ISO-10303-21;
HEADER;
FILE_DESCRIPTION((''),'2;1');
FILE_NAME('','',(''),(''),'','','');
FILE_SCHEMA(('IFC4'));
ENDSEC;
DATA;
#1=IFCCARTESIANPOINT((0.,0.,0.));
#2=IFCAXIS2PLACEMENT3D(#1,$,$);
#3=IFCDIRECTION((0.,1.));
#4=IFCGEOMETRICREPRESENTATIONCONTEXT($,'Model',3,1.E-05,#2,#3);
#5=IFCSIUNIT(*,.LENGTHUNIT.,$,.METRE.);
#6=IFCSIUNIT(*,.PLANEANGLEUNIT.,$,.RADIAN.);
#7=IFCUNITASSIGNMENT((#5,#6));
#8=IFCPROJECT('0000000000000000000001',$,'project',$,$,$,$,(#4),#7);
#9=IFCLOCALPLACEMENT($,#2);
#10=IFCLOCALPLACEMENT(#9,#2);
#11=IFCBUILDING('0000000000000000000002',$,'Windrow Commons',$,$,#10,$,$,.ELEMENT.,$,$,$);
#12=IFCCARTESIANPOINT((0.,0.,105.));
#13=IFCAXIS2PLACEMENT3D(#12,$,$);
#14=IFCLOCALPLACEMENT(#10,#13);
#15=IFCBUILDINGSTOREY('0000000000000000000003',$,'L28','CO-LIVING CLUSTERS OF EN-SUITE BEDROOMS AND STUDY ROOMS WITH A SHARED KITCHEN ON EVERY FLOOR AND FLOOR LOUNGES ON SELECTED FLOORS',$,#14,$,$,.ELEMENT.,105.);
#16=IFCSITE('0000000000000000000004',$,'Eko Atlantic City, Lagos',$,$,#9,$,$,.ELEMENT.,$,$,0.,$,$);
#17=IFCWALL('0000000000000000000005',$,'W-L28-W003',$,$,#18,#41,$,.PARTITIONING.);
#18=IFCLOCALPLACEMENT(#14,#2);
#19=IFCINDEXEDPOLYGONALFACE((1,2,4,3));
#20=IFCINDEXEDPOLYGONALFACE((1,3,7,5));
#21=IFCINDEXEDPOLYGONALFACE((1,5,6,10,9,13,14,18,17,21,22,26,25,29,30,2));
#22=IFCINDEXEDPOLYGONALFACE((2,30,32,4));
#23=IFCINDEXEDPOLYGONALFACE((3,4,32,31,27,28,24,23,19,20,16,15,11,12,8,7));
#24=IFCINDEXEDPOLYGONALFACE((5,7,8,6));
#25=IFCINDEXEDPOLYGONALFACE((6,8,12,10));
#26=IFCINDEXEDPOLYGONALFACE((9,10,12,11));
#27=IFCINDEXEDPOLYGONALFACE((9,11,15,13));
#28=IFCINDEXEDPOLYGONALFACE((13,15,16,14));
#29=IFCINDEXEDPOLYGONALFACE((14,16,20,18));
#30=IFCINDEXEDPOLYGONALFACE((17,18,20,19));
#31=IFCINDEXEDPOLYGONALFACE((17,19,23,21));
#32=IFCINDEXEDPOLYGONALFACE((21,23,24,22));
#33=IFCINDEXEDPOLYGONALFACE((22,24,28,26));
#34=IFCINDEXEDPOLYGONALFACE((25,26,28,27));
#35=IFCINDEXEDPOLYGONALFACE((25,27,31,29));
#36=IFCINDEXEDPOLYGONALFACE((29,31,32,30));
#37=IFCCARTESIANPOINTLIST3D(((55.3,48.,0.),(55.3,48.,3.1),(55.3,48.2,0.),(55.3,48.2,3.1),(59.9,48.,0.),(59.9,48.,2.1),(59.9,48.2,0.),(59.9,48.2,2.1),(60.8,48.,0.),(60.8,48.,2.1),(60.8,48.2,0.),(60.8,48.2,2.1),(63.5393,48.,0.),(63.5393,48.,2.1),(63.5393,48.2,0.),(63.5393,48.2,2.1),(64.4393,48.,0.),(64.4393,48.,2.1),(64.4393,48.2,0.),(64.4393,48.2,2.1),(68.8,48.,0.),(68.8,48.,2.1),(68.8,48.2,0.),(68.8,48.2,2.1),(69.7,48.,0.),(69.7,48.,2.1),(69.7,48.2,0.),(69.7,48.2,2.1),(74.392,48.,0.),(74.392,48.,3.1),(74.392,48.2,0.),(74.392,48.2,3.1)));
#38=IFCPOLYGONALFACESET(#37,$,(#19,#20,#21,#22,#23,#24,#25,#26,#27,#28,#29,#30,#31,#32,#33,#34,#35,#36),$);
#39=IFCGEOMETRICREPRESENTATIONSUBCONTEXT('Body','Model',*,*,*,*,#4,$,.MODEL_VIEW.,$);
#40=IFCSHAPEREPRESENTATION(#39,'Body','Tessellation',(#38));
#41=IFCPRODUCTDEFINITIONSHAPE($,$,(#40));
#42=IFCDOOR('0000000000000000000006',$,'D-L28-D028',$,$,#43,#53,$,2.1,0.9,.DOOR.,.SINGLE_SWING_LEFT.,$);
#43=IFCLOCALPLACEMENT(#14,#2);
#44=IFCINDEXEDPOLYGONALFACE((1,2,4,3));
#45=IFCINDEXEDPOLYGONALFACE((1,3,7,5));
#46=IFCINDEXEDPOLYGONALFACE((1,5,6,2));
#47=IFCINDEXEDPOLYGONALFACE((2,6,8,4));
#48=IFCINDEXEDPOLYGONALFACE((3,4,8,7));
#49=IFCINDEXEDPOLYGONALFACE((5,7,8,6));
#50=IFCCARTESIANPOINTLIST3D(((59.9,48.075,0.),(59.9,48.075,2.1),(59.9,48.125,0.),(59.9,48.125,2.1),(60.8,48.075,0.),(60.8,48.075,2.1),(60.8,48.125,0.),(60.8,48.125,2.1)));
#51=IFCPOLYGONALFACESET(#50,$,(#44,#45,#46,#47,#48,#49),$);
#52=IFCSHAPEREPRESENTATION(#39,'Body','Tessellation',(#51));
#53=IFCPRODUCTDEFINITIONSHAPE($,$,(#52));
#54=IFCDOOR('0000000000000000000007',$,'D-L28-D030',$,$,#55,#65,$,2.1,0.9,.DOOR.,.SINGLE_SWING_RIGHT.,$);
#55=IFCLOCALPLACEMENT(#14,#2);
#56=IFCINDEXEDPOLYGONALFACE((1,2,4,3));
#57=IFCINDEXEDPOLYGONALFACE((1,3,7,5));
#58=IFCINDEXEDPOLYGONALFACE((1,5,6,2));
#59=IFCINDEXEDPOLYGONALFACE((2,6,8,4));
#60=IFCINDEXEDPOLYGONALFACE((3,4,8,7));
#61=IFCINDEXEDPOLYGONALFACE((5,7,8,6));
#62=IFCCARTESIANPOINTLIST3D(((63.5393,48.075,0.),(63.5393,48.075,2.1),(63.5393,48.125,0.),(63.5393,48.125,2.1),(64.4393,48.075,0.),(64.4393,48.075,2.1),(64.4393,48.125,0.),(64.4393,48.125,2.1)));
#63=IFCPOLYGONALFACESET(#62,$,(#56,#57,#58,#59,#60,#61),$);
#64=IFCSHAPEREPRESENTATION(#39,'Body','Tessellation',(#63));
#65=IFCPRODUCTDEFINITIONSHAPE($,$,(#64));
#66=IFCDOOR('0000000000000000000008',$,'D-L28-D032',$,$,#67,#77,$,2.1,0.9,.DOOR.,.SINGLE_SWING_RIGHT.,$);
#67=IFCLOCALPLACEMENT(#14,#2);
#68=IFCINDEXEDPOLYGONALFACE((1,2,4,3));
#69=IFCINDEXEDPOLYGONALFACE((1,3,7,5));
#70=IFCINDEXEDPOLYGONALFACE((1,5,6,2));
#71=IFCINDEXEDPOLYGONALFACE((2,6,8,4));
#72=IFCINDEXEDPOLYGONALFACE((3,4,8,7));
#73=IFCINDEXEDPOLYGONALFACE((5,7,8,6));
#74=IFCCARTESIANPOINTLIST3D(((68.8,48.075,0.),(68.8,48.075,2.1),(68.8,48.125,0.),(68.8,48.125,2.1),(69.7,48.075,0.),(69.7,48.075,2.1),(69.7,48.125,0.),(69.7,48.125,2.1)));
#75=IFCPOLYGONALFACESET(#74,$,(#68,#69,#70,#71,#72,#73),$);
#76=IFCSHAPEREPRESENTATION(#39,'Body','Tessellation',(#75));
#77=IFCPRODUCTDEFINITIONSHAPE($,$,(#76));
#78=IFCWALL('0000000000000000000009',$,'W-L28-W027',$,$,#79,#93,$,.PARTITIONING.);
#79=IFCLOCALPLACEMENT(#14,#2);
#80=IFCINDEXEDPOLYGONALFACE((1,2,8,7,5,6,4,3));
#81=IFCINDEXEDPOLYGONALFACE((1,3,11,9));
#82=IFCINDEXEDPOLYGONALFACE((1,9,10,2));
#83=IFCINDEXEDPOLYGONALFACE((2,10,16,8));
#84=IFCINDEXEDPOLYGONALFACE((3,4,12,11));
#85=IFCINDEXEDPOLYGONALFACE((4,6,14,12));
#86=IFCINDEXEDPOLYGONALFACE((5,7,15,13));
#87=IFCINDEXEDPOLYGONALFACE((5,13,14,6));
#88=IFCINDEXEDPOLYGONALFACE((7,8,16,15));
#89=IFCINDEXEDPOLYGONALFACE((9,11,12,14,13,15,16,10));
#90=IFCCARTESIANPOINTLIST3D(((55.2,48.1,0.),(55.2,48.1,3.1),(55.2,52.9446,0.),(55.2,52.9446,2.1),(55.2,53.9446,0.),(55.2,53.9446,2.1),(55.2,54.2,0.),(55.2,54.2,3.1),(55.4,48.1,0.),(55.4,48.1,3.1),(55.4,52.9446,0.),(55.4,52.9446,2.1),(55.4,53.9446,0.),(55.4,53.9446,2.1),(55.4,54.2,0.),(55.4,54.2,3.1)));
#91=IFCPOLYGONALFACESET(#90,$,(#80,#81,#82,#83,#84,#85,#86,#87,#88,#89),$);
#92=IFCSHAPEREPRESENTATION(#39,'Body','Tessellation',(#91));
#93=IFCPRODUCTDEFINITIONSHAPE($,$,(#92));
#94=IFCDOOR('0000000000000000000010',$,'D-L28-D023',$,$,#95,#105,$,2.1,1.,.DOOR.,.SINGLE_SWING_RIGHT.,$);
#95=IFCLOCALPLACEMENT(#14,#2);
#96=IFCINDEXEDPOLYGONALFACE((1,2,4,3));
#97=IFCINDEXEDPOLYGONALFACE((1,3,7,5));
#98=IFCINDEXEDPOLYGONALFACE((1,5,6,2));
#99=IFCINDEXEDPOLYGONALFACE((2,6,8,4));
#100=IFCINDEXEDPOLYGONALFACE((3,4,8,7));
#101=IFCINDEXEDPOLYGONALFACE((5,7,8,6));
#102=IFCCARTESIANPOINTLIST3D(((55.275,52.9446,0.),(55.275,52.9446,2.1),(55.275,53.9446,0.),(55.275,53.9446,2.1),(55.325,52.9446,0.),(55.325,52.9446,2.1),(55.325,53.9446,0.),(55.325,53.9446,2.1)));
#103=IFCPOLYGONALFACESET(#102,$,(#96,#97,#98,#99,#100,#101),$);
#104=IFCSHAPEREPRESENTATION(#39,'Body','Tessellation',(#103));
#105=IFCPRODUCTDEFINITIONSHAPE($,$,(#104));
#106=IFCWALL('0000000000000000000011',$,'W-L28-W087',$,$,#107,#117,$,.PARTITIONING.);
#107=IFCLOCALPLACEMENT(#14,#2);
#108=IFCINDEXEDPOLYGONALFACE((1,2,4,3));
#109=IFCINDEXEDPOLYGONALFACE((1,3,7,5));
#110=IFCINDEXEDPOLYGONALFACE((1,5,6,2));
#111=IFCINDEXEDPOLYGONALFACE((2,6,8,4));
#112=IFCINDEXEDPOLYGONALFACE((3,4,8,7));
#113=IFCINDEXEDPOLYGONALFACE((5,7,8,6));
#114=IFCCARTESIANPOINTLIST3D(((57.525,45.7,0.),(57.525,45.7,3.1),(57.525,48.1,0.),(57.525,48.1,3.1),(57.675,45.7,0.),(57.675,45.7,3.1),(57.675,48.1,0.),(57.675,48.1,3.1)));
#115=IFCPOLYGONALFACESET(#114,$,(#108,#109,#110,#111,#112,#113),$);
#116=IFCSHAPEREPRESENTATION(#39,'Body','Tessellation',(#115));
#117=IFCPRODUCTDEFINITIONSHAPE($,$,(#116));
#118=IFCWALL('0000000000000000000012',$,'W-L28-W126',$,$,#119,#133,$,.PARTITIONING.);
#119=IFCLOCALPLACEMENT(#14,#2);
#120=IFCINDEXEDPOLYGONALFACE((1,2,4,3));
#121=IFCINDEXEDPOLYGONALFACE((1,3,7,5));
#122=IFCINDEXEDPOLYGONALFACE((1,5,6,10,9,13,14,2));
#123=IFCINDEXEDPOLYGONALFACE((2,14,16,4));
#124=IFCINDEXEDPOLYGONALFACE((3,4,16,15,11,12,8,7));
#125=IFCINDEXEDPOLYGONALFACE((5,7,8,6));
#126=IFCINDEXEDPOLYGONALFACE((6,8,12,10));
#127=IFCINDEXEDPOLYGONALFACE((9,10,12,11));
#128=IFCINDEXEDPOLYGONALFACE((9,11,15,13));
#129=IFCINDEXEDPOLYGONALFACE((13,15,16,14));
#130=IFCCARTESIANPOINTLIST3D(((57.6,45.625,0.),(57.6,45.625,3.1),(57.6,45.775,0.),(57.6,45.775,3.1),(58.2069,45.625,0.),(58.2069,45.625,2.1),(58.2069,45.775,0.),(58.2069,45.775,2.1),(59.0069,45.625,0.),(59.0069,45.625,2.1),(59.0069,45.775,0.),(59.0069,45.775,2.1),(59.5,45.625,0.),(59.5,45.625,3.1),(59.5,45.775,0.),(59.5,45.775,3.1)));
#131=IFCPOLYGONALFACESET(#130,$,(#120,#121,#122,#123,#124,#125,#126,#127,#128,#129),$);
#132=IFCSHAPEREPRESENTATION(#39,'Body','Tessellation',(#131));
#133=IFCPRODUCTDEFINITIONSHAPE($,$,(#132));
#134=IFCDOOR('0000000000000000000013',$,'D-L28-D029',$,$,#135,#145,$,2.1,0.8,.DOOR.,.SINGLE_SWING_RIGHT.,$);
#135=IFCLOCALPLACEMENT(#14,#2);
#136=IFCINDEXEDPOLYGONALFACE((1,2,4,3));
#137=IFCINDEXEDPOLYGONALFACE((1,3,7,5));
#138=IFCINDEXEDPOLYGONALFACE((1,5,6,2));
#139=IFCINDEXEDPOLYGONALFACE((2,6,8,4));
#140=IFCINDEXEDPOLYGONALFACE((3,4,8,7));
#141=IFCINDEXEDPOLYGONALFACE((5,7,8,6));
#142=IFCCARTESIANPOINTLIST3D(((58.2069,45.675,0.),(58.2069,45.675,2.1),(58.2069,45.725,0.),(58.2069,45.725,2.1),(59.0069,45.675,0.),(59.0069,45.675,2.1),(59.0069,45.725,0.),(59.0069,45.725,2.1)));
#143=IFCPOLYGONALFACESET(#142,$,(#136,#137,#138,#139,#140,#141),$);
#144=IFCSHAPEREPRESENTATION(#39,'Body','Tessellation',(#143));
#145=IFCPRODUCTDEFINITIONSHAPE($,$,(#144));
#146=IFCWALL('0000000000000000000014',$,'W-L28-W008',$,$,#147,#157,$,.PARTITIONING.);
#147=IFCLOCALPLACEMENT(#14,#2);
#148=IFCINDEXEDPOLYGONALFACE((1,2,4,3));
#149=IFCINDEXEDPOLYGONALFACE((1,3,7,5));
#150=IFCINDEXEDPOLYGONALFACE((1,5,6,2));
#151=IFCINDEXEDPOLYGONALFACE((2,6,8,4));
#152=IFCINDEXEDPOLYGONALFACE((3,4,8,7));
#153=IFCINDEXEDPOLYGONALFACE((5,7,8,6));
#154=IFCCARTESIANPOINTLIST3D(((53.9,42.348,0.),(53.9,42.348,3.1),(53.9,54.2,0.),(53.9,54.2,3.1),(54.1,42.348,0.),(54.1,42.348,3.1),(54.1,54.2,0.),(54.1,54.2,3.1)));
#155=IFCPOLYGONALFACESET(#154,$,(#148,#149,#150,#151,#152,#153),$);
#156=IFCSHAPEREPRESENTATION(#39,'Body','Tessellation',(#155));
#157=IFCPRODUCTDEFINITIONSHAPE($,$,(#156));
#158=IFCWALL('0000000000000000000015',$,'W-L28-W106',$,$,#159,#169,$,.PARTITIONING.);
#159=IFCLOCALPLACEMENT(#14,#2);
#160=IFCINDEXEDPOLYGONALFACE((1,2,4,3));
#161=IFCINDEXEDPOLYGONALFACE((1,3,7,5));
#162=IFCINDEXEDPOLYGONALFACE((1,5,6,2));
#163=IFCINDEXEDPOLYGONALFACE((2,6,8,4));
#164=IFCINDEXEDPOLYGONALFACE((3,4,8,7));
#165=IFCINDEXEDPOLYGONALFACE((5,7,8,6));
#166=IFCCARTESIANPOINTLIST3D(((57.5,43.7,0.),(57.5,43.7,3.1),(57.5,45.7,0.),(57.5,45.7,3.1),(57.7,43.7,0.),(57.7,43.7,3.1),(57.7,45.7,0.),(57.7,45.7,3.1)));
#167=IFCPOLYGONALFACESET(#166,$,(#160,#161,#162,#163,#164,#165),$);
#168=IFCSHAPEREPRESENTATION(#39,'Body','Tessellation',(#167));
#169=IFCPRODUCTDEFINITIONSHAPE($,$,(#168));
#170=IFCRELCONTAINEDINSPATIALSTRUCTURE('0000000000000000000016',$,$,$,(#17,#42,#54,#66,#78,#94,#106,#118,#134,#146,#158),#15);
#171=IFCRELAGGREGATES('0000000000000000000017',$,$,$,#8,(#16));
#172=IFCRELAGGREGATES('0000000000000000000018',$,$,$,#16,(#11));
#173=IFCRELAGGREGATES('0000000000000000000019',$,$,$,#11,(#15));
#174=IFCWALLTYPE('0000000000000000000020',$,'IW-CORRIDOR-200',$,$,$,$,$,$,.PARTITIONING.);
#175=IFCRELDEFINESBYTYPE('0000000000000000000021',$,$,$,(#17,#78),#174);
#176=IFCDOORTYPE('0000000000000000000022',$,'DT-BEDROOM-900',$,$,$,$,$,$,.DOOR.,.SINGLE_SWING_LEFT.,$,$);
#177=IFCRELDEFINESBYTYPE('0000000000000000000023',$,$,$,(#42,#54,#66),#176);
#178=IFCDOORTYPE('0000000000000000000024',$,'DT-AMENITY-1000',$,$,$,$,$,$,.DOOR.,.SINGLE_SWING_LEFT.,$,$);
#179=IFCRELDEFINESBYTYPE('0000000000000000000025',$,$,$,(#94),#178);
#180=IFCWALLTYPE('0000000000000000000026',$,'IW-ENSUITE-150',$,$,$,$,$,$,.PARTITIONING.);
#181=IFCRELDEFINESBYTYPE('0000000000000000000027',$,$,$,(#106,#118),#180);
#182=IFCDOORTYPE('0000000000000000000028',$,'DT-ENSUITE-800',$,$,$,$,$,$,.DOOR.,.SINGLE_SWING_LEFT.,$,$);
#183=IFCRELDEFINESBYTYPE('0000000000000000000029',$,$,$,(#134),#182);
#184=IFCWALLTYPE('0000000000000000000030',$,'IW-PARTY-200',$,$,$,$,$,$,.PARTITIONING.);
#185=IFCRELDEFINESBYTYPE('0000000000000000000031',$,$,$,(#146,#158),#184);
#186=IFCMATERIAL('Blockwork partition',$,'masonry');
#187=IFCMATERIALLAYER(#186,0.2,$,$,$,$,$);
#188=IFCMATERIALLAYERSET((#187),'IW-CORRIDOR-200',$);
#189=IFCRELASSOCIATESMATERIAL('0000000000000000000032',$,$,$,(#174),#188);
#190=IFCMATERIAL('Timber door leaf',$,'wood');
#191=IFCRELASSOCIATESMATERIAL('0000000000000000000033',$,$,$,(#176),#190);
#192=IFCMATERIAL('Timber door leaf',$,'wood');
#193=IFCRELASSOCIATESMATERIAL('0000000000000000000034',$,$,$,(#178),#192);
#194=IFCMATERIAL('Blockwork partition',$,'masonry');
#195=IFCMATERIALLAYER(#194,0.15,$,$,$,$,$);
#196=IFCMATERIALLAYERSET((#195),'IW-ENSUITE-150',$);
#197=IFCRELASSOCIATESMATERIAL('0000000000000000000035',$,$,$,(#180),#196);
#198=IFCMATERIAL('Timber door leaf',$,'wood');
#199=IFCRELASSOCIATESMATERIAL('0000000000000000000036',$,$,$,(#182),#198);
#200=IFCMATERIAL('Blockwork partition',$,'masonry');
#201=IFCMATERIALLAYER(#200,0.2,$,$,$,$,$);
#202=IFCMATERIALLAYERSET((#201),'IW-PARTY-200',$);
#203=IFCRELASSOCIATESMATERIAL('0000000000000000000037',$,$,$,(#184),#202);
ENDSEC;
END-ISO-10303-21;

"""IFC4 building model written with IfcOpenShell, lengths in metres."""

from ifc_helpers import new_model, si_unit, direction, frame, frame_2d, origin, place, context, subcontext, project, spatial, rectangle, extrude, material, layer, layer_set, type_object, element, fill, save


model = new_model("IFC4")

# Units and contexts
model_context = context("Model", 3, precision=1e-05, world=origin(), true_north=direction((0.0, 1.0)))
body_context = subcontext(model_context, "Body", "Model", "MODEL_VIEW")
ifc_project = project(units=[si_unit("LENGTHUNIT", "METRE"), si_unit("PLANEANGLEUNIT", "RADIAN")], contexts=[model_context])

# Site, building, storey
site_placement = place(None, origin())
site = spatial("IfcSite", under=ifc_project, at=site_placement, Name="Eko Atlantic City, Lagos", CompositionType="ELEMENT", RefElevation=0.0)
building_placement = place(site_placement, origin())
building = spatial("IfcBuilding", under=site, at=building_placement, Name="Windrow Commons", CompositionType="ELEMENT")
storey_placement = place(building_placement, frame((0.0, 0.0, 105.0)))
storey = spatial("IfcBuildingStorey", under=building, at=storey_placement, Name="L28", Description="CO-LIVING CLUSTERS OF EN-SUITE BEDROOMS AND STUDY ROOMS WITH A SHARED KITCHEN ON EVERY FLOOR AND FLOOR LOUNGES ON SELECTED FLOORS", CompositionType="ELEMENT", Elevation=105.0)

# Wall, openings, doors
ifc_material_1 = material(Name="Blockwork partition", Category="masonry")
ifc_layer_1 = layer(ifc_material_1, 0.2)
ifc_layer_set_1 = layer_set([ifc_layer_1], Name="IW-CORRIDOR-200")
wall_type_1 = type_object("IfcWallType", Name="IW-CORRIDOR-200", PredefinedType="PARTITIONING", material=ifc_layer_set_1)
wall_1_placement = place(storey_placement, frame((55.3, 48.1, 0.0), z_axis=(0.0, 0.0, 1.0), x_axis=(1.0, 0.0, 0.0)))
wall_1 = element("IfcWall", 1, at=wall_1_placement, inside=storey, type_object=wall_type_1, Name="W-L28-W003", PredefinedType="PARTITIONING", context=body_context, shape_type="SweptSolid", body=[
    extrude(rectangle(XDim=19.092, YDim=0.2, at=frame_2d((9.546, 0.0))), origin(), (0.0, 0.0, 1.0), 3.1),
])
opening_1_placement = place(wall_1_placement, frame((4.6, 0.0, 0.0)))
opening_1 = element("IfcOpeningElement", 2, at=opening_1_placement, cuts=wall_1, PredefinedType="OPENING", context=body_context, shape_type="SweptSolid", body=[
    extrude(rectangle(XDim=0.9, YDim=2.1, at=frame_2d((0.45, 1.05))), frame((0.0, 0.11, 0.0), z_axis=(0.0, -1.0, 0.0), x_axis=(1.0, 0.0, 0.0)), (0.0, 0.0, 1.0), 0.22),
])
opening_2_placement = place(wall_1_placement, frame((8.2393, 0.0, 0.0)))
opening_2 = element("IfcOpeningElement", 3, at=opening_2_placement, cuts=wall_1, PredefinedType="OPENING", context=body_context, shape_type="SweptSolid", body=[
    extrude(rectangle(XDim=0.9, YDim=2.1, at=frame_2d((0.45, 1.05))), frame((0.0, 0.11, 0.0), z_axis=(0.0, -1.0, 0.0), x_axis=(1.0, 0.0, 0.0)), (0.0, 0.0, 1.0), 0.22),
])
opening_3_placement = place(wall_1_placement, frame((13.5, 0.0, 0.0)))
opening_3 = element("IfcOpeningElement", 4, at=opening_3_placement, cuts=wall_1, PredefinedType="OPENING", context=body_context, shape_type="SweptSolid", body=[
    extrude(rectangle(XDim=0.9, YDim=2.1, at=frame_2d((0.45, 1.05))), frame((0.0, 0.11, 0.0), z_axis=(0.0, -1.0, 0.0), x_axis=(1.0, 0.0, 0.0)), (0.0, 0.0, 1.0), 0.22),
])
ifc_material_2 = material(Name="Timber door leaf", Category="wood")
door_type_1 = type_object("IfcDoorType", Name="DT-BEDROOM-900", OperationType="SINGLE_SWING_LEFT", PredefinedType="DOOR", material=ifc_material_2)
door_1_placement = place(opening_1_placement, origin())
door_1 = element("IfcDoor", 5, at=door_1_placement, inside=storey, type_object=door_type_1, Name="D-L28-D028", OperationType="SINGLE_SWING_LEFT", OverallHeight=2.1, OverallWidth=0.9, PredefinedType="DOOR", context=body_context, shape_type="SweptSolid", body=[
    extrude(rectangle(XDim=0.9, YDim=2.1, at=frame_2d((0.45, 1.05))), frame((0.0, 0.025, 0.0), z_axis=(0.0, -1.0, 0.0), x_axis=(1.0, 0.0, 0.0)), (0.0, 0.0, 1.0), 0.05),
])
fill(opening_1, door_1)
door_2_placement = place(opening_2_placement, origin())
door_2 = element("IfcDoor", 6, at=door_2_placement, inside=storey, type_object=door_type_1, Name="D-L28-D030", OperationType="SINGLE_SWING_RIGHT", OverallHeight=2.1, OverallWidth=0.9, PredefinedType="DOOR", context=body_context, shape_type="SweptSolid", body=[
    extrude(rectangle(XDim=0.9, YDim=2.1, at=frame_2d((0.45, 1.05))), frame((0.0, 0.025, 0.0), z_axis=(0.0, -1.0, 0.0), x_axis=(1.0, 0.0, 0.0)), (0.0, 0.0, 1.0), 0.05),
])
fill(opening_2, door_2)
door_3_placement = place(opening_3_placement, origin())
door_3 = element("IfcDoor", 7, at=door_3_placement, inside=storey, type_object=door_type_1, Name="D-L28-D032", OperationType="SINGLE_SWING_RIGHT", OverallHeight=2.1, OverallWidth=0.9, PredefinedType="DOOR", context=body_context, shape_type="SweptSolid", body=[
    extrude(rectangle(XDim=0.9, YDim=2.1, at=frame_2d((0.45, 1.05))), frame((0.0, 0.025, 0.0), z_axis=(0.0, -1.0, 0.0), x_axis=(1.0, 0.0, 0.0)), (0.0, 0.0, 1.0), 0.05),
])
fill(opening_3, door_3)

# Wall, opening, door
wall_2_placement = place(storey_placement, frame((55.3, 48.1, 0.0), z_axis=(0.0, 0.0, 1.0), x_axis=(0.0, 1.0, 0.0)))
wall_2 = element("IfcWall", 8, at=wall_2_placement, inside=storey, type_object=wall_type_1, Name="W-L28-W027", PredefinedType="PARTITIONING", context=body_context, shape_type="SweptSolid", body=[
    extrude(rectangle(XDim=6.1, YDim=0.2, at=frame_2d((3.05, 0.0))), origin(), (0.0, 0.0, 1.0), 3.1),
])
opening_4_placement = place(wall_2_placement, frame((4.8446, 0.0, 0.0)))
opening_4 = element("IfcOpeningElement", 9, at=opening_4_placement, cuts=wall_2, PredefinedType="OPENING", context=body_context, shape_type="SweptSolid", body=[
    extrude(rectangle(XDim=1.0, YDim=2.1, at=frame_2d((0.5, 1.05))), frame((0.0, 0.11, 0.0), z_axis=(0.0, -1.0, 0.0), x_axis=(1.0, 0.0, 0.0)), (0.0, 0.0, 1.0), 0.22),
])
ifc_material_3 = material(Name="Timber door leaf", Category="wood")
door_type_2 = type_object("IfcDoorType", Name="DT-AMENITY-1000", OperationType="SINGLE_SWING_LEFT", PredefinedType="DOOR", material=ifc_material_3)
door_4_placement = place(opening_4_placement, origin())
door_4 = element("IfcDoor", 10, at=door_4_placement, inside=storey, type_object=door_type_2, Name="D-L28-D023", OperationType="SINGLE_SWING_RIGHT", OverallHeight=2.1, OverallWidth=1.0, PredefinedType="DOOR", context=body_context, shape_type="SweptSolid", body=[
    extrude(rectangle(XDim=1.0, YDim=2.1, at=frame_2d((0.5, 1.05))), frame((0.0, 0.025, 0.0), z_axis=(0.0, -1.0, 0.0), x_axis=(1.0, 0.0, 0.0)), (0.0, 0.0, 1.0), 0.05),
])
fill(opening_4, door_4)

# Wall
ifc_material_4 = material(Name="Blockwork partition", Category="masonry")
ifc_layer_2 = layer(ifc_material_4, 0.15)
ifc_layer_set_2 = layer_set([ifc_layer_2], Name="IW-ENSUITE-150")
wall_type_2 = type_object("IfcWallType", Name="IW-ENSUITE-150", PredefinedType="PARTITIONING", material=ifc_layer_set_2)
wall_3_placement = place(storey_placement, frame((57.6, 45.7, 0.0), z_axis=(0.0, 0.0, 1.0), x_axis=(0.0, 1.0, 0.0)))
element("IfcWall", 11, at=wall_3_placement, inside=storey, type_object=wall_type_2, Name="W-L28-W087", PredefinedType="PARTITIONING", context=body_context, shape_type="SweptSolid", body=[
    extrude(rectangle(XDim=2.4, YDim=0.15, at=frame_2d((1.2, 0.0))), origin(), (0.0, 0.0, 1.0), 3.1),
])

# Wall, opening, door
wall_4_placement = place(storey_placement, frame((57.6, 45.7, 0.0), z_axis=(0.0, 0.0, 1.0), x_axis=(1.0, 0.0, 0.0)))
wall_4 = element("IfcWall", 12, at=wall_4_placement, inside=storey, type_object=wall_type_2, Name="W-L28-W126", PredefinedType="PARTITIONING", context=body_context, shape_type="SweptSolid", body=[
    extrude(rectangle(XDim=1.9, YDim=0.15, at=frame_2d((0.95, 0.0))), origin(), (0.0, 0.0, 1.0), 3.1),
])
opening_5_placement = place(wall_4_placement, frame((0.6069, 0.0, 0.0)))
opening_5 = element("IfcOpeningElement", 13, at=opening_5_placement, cuts=wall_4, PredefinedType="OPENING", context=body_context, shape_type="SweptSolid", body=[
    extrude(rectangle(XDim=0.8, YDim=2.1, at=frame_2d((0.4, 1.05))), frame((0.0, 0.085, 0.0), z_axis=(0.0, -1.0, 0.0), x_axis=(1.0, 0.0, 0.0)), (0.0, 0.0, 1.0), 0.17),
])
ifc_material_5 = material(Name="Timber door leaf", Category="wood")
door_type_3 = type_object("IfcDoorType", Name="DT-ENSUITE-800", OperationType="SINGLE_SWING_LEFT", PredefinedType="DOOR", material=ifc_material_5)
door_5_placement = place(opening_5_placement, origin())
door_5 = element("IfcDoor", 14, at=door_5_placement, inside=storey, type_object=door_type_3, Name="D-L28-D029", OperationType="SINGLE_SWING_RIGHT", OverallHeight=2.1, OverallWidth=0.8, PredefinedType="DOOR", context=body_context, shape_type="SweptSolid", body=[
    extrude(rectangle(XDim=0.8, YDim=2.1, at=frame_2d((0.4, 1.05))), frame((0.0, 0.025, 0.0), z_axis=(0.0, -1.0, 0.0), x_axis=(1.0, 0.0, 0.0)), (0.0, 0.0, 1.0), 0.05),
])
fill(opening_5, door_5)

# Walls
ifc_material_6 = material(Name="Blockwork partition", Category="masonry")
ifc_layer_3 = layer(ifc_material_6, 0.2)
ifc_layer_set_3 = layer_set([ifc_layer_3], Name="IW-PARTY-200")
wall_type_3 = type_object("IfcWallType", Name="IW-PARTY-200", PredefinedType="PARTITIONING", material=ifc_layer_set_3)
wall_5_placement = place(storey_placement, frame((54.0, 42.3479, 0.0), z_axis=(0.0, 0.0, 1.0), x_axis=(0.0, 1.0, 0.0)))
element("IfcWall", 15, at=wall_5_placement, inside=storey, type_object=wall_type_3, Name="W-L28-W008", PredefinedType="PARTITIONING", context=body_context, shape_type="SweptSolid", body=[
    extrude(rectangle(XDim=11.8521, YDim=0.2, at=frame_2d((5.9261, 0.0))), origin(), (0.0, 0.0, 1.0), 3.1),
])
wall_6_placement = place(storey_placement, frame((57.6, 43.7, 0.0), z_axis=(0.0, 0.0, 1.0), x_axis=(0.0, 1.0, 0.0)))
element("IfcWall", 16, at=wall_6_placement, inside=storey, type_object=wall_type_3, Name="W-L28-W106", PredefinedType="PARTITIONING", context=body_context, shape_type="SweptSolid", body=[
    extrude(rectangle(XDim=2.0, YDim=0.2, at=frame_2d((1.0, 0.0))), origin(), (0.0, 0.0, 1.0), 3.1),
])

save(model, "model.ifc")
